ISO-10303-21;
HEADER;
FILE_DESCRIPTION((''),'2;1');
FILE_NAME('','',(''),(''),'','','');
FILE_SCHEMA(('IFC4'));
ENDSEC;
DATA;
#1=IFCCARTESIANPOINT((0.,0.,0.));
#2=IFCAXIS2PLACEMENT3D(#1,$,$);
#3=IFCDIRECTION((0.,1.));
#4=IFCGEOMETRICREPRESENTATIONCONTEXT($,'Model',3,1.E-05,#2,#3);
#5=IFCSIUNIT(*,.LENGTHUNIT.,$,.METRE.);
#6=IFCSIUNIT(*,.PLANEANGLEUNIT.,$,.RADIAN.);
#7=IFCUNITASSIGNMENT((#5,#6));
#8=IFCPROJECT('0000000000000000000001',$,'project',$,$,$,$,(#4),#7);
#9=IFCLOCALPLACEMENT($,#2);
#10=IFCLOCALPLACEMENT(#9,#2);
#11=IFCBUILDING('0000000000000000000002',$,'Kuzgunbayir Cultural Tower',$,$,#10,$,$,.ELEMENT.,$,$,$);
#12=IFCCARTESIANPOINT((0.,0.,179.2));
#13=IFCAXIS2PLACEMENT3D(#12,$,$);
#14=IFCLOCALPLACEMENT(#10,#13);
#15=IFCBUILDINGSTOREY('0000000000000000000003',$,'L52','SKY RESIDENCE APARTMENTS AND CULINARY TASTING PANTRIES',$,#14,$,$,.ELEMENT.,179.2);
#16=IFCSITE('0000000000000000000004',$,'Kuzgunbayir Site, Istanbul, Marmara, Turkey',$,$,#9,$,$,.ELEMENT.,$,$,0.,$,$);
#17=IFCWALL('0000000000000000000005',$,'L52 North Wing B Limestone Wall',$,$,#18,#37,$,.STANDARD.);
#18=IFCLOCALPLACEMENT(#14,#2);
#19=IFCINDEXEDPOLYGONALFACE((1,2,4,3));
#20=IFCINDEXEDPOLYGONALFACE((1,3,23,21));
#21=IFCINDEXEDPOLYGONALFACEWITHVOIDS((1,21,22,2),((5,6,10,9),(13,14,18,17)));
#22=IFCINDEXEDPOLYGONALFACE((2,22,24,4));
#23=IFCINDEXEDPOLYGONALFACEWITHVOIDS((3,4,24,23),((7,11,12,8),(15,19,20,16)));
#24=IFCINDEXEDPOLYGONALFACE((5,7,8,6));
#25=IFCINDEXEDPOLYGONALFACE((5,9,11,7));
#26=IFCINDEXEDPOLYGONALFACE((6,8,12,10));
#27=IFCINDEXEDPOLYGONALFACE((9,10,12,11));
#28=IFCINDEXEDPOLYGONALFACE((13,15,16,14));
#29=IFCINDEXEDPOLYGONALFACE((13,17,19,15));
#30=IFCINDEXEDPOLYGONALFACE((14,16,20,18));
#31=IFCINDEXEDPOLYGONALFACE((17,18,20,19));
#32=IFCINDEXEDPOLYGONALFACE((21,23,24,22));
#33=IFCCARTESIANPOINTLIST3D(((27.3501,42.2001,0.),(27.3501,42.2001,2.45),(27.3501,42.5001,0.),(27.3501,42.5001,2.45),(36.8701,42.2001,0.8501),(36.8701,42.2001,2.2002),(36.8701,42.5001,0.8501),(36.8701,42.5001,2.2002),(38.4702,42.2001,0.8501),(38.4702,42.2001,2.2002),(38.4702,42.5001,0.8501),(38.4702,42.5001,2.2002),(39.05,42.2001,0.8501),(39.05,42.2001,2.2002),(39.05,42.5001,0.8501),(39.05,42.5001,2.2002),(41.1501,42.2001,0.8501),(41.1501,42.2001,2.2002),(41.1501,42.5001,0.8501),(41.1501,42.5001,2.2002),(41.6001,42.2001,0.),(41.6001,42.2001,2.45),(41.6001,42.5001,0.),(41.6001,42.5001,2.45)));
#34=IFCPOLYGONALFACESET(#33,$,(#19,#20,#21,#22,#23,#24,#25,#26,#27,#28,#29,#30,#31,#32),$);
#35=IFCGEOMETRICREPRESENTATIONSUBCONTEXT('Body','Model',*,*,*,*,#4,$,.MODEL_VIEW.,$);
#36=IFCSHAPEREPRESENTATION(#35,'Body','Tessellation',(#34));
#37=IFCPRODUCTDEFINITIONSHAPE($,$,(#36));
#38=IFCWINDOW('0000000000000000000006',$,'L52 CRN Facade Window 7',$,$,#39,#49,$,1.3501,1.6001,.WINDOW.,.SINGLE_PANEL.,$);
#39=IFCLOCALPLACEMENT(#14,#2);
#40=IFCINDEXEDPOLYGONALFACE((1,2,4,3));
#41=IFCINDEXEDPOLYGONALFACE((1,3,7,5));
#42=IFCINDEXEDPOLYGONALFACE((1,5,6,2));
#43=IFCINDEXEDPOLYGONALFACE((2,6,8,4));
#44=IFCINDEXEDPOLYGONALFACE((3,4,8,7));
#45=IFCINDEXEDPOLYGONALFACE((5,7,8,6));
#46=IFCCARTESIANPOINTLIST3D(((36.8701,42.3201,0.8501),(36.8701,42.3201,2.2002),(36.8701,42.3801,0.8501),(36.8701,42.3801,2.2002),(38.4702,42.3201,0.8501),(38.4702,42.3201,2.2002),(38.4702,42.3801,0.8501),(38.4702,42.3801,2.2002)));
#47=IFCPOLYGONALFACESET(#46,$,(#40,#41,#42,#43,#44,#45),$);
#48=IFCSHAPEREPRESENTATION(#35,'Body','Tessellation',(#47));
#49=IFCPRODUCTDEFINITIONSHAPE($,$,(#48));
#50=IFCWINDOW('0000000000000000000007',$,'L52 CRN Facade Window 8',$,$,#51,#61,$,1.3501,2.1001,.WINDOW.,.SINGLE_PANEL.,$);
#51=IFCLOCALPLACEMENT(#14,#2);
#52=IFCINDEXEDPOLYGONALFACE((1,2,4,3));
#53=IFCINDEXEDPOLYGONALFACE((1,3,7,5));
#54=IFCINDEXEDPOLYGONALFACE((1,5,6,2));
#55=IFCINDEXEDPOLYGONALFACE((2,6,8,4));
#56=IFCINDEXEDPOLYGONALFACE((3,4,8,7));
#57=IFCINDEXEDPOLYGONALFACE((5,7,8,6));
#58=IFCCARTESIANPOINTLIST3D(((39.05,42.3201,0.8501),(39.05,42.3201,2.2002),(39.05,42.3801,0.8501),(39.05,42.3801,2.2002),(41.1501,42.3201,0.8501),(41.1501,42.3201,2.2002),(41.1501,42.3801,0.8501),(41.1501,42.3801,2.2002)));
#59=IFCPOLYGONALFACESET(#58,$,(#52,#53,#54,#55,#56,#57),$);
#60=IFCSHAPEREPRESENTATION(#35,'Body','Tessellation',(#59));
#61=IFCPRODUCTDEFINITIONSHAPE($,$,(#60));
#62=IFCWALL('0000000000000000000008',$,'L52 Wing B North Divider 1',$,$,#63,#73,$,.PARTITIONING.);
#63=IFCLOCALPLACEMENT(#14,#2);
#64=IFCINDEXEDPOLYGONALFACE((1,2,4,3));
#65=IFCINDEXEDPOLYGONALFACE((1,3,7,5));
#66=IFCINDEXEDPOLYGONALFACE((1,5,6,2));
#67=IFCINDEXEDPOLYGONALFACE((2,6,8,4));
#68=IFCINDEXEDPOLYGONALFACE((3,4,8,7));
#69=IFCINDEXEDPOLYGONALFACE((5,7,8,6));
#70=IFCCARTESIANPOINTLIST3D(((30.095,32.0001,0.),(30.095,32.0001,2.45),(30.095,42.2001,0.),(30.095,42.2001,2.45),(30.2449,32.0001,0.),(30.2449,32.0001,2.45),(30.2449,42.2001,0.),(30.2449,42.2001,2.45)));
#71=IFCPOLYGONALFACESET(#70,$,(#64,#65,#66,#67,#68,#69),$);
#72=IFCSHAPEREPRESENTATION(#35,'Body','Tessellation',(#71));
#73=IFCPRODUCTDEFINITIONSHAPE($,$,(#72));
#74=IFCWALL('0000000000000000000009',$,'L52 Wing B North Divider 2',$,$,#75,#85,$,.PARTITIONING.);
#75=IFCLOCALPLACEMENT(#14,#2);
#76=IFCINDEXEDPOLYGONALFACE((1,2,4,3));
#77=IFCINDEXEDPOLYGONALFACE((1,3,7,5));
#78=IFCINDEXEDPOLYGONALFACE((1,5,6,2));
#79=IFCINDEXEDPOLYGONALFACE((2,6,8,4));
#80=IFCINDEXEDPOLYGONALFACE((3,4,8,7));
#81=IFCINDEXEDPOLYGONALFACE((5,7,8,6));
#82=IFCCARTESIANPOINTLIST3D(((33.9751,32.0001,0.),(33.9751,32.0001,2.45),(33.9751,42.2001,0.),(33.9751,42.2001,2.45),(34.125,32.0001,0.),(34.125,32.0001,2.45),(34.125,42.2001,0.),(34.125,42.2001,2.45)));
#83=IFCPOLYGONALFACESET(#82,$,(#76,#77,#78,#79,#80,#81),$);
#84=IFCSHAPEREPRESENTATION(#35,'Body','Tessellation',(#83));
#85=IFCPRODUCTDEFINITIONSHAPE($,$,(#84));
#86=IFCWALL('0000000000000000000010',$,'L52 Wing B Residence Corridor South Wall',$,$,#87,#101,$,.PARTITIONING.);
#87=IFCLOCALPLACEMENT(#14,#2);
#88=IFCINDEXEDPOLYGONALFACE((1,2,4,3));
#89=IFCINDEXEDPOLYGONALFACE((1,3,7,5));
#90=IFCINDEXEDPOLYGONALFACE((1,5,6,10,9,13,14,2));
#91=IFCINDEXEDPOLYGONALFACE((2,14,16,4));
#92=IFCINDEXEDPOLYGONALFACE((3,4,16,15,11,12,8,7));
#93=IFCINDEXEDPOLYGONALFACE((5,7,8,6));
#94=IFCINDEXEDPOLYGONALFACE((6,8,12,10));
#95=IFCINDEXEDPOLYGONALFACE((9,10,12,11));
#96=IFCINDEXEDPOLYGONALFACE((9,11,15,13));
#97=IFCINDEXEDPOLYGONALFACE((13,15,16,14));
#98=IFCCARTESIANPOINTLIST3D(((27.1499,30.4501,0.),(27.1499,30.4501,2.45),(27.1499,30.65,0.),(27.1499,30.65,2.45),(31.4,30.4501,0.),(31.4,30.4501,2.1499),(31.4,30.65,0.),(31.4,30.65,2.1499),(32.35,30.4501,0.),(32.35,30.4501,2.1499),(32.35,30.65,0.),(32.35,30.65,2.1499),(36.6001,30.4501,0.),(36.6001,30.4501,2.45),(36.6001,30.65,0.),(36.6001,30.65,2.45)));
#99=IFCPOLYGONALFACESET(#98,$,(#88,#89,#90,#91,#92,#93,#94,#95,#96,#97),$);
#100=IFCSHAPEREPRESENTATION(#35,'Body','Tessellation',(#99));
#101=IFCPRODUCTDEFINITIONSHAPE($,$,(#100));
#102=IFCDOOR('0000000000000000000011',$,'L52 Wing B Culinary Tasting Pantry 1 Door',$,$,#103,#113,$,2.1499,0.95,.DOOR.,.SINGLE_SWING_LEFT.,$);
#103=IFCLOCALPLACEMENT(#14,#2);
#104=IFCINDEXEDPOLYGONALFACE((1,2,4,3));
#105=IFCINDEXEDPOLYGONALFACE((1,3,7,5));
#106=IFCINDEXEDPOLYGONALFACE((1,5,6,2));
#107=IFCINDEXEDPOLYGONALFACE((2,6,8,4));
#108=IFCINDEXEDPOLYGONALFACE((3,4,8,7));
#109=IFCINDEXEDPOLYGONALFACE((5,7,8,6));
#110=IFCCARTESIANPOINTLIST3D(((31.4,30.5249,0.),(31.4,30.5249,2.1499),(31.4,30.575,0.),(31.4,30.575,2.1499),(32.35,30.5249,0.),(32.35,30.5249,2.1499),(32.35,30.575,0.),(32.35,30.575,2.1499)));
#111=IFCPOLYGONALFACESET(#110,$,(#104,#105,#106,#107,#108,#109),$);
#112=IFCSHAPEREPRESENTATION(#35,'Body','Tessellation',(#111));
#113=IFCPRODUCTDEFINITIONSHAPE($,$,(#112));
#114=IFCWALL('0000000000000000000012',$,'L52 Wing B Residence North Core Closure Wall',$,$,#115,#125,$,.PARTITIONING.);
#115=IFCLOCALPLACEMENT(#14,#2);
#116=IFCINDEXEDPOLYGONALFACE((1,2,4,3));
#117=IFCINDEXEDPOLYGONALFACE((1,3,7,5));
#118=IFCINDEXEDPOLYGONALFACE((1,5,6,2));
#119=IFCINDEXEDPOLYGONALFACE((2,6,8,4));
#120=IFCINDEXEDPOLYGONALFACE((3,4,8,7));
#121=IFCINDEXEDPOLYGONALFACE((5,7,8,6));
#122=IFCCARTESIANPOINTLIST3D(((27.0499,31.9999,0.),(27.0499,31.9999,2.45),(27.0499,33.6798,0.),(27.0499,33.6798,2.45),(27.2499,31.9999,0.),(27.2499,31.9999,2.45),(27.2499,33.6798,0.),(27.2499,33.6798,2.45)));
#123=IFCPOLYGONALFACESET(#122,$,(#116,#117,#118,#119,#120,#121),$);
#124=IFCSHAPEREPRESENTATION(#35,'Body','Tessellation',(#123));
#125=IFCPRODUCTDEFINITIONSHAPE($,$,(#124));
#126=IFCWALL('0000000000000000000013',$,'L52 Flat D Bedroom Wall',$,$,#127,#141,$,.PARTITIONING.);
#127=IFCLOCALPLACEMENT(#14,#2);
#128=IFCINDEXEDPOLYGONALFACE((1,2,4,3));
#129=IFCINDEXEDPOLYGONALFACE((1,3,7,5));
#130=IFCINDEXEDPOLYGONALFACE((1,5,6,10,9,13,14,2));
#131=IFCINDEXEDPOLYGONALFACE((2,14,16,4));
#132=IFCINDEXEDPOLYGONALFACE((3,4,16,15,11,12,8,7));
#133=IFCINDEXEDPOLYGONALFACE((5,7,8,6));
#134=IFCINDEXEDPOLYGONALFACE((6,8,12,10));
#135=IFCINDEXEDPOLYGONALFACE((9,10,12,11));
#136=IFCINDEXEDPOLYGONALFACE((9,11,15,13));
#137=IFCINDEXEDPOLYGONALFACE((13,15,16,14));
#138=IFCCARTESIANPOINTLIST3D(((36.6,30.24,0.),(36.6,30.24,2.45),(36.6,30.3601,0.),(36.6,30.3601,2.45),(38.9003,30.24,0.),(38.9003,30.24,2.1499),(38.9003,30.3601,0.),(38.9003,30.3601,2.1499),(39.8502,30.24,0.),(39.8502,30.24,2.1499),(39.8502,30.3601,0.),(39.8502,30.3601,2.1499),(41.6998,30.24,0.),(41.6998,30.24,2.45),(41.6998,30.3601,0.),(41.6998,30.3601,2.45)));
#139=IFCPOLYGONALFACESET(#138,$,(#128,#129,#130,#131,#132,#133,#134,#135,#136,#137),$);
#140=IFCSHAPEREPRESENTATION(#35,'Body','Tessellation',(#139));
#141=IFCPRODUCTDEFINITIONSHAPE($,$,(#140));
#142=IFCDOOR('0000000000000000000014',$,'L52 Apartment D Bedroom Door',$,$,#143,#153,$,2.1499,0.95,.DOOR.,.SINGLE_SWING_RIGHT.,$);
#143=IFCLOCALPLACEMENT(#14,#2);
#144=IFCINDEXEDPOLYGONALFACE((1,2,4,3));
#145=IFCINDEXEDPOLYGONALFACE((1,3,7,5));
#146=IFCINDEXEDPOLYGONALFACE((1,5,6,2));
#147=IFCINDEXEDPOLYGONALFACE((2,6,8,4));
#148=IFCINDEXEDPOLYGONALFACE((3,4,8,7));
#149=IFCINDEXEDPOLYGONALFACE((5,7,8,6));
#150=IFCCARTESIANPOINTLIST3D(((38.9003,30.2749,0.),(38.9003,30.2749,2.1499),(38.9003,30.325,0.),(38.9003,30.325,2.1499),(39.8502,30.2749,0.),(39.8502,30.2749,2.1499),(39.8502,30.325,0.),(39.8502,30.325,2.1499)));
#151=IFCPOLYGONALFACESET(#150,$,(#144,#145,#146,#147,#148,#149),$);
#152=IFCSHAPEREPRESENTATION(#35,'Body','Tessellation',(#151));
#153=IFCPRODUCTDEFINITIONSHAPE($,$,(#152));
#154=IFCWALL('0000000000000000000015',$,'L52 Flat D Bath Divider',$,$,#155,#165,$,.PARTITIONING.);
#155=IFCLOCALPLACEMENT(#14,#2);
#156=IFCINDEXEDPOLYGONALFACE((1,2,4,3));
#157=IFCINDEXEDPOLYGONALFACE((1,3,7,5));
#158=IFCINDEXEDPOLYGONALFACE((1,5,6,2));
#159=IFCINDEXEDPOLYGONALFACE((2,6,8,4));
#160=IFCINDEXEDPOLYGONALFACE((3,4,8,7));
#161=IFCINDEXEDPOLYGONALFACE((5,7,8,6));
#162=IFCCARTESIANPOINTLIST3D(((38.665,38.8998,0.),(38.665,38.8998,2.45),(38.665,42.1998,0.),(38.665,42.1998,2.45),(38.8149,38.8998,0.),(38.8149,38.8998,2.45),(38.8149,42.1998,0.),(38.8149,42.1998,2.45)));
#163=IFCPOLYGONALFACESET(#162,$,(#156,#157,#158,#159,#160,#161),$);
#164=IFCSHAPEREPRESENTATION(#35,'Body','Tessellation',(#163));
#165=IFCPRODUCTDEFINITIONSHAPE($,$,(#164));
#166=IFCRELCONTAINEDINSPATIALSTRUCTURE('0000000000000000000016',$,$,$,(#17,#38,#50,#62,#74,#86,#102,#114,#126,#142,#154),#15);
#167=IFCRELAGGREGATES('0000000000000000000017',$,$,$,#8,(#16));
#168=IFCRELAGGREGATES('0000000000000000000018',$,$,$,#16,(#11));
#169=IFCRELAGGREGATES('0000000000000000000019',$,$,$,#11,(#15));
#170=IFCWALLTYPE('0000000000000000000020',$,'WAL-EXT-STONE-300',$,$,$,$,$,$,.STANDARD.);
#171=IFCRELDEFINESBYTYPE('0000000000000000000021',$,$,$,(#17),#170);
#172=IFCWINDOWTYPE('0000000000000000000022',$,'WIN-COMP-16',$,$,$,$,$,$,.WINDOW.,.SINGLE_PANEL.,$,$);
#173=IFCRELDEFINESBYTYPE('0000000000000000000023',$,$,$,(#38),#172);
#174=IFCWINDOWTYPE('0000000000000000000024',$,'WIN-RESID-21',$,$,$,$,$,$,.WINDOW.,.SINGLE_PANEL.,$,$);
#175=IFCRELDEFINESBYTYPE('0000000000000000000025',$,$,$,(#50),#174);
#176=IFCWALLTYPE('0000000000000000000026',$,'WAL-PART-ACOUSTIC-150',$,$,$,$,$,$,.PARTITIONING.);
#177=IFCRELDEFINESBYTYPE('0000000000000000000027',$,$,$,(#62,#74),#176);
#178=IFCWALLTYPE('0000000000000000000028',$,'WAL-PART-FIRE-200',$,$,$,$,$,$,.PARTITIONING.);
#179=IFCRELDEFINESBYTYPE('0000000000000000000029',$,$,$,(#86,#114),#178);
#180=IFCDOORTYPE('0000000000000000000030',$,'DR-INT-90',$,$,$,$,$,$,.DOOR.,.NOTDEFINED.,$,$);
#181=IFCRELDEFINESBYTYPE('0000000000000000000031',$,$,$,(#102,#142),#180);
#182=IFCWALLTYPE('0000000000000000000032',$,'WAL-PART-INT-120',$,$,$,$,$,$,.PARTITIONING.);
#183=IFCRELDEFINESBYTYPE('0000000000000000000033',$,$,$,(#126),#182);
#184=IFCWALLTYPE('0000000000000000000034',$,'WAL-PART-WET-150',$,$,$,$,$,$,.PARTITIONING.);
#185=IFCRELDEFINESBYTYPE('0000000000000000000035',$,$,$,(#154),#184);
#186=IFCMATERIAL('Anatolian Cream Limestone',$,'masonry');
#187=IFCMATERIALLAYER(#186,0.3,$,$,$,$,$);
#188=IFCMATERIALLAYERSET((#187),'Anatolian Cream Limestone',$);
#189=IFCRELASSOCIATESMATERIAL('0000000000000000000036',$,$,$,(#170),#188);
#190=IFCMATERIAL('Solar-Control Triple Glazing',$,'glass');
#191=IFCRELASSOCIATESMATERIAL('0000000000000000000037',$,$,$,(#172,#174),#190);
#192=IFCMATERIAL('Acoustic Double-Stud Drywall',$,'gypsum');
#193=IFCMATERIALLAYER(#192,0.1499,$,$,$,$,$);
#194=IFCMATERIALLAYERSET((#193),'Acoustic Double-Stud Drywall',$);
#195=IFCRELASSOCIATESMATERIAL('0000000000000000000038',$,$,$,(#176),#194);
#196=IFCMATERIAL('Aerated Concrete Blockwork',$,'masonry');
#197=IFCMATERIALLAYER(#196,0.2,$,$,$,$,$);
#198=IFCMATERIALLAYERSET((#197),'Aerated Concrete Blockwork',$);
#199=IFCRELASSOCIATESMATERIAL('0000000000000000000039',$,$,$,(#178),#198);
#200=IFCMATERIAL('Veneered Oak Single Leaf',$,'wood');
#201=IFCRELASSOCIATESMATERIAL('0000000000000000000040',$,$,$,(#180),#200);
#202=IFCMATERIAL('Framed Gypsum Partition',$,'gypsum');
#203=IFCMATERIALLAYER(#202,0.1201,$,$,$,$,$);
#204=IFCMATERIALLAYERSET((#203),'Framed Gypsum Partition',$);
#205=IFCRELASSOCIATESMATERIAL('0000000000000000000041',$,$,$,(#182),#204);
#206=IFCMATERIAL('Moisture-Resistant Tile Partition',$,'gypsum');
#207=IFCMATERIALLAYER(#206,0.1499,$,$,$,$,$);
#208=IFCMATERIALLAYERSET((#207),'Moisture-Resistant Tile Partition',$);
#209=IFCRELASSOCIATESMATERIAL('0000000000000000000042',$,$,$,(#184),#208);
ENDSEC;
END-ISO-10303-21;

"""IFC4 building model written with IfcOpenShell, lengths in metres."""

from ifc_helpers import new_model, si_unit, direction, frame, frame_2d, origin, place, context, subcontext, project, spatial, rectangle, extrude, material, layer, layer_set, type_object, element, fill, save


model = new_model("IFC4")

# Units and contexts
model_context = context("Model", 3, precision=1e-05, world=origin(), true_north=direction((0.0, 1.0)))
body_context = subcontext(model_context, "Body", "Model", "MODEL_VIEW")
ifc_project = project(units=[si_unit("LENGTHUNIT", "METRE"), si_unit("PLANEANGLEUNIT", "RADIAN")], contexts=[model_context])

# Site, building, storey
site_placement = place(None, origin())
site = spatial("IfcSite", under=ifc_project, at=site_placement, Name="Kuzgunbayir Site, Istanbul, Marmara, Turkey", CompositionType="ELEMENT", RefElevation=0.0)
building_placement = place(site_placement, origin())
building = spatial("IfcBuilding", under=site, at=building_placement, Name="Kuzgunbayir Cultural Tower", CompositionType="ELEMENT")
storey_placement = place(building_placement, frame((0.0, 0.0, 179.2)))
storey = spatial("IfcBuildingStorey", under=building, at=storey_placement, Name="L52", Description="SKY RESIDENCE APARTMENTS AND CULINARY TASTING PANTRIES", CompositionType="ELEMENT", Elevation=179.2)

# Wall, openings, windows
ifc_material_1 = material(Name="Anatolian Cream Limestone", Category="masonry")
ifc_layer_1 = layer(ifc_material_1, 0.3)
ifc_layer_set_1 = layer_set([ifc_layer_1], Name="Anatolian Cream Limestone")
wall_type_1 = type_object("IfcWallType", Name="WAL-EXT-STONE-300", PredefinedType="STANDARD", material=ifc_layer_set_1)
wall_1_placement = place(storey_placement, frame((41.6001, 42.3501, 0.0), z_axis=(0.0, 0.0, 1.0), x_axis=(-1.0, 0.0, 0.0)))
wall_1 = element("IfcWall", 1, at=wall_1_placement, inside=storey, type_object=wall_type_1, Name="L52 North Wing B Limestone Wall", PredefinedType="STANDARD", context=body_context, shape_type="SweptSolid", body=[
    extrude(rectangle(XDim=14.25, YDim=0.3, at=frame_2d((7.125, 0.0))), origin(), (0.0, 0.0, 1.0), 2.45),
])
opening_1_placement = place(wall_1_placement, frame((3.1299, 0.0, 0.8501)))
opening_1 = element("IfcOpeningElement", 2, at=opening_1_placement, cuts=wall_1, PredefinedType="OPENING", context=body_context, shape_type="SweptSolid", body=[
    extrude(rectangle(XDim=1.6001, YDim=1.3501, at=frame_2d((0.8, 0.675))), frame((0.0, 0.1602, 0.0), z_axis=(0.0, -1.0, 0.0), x_axis=(1.0, 0.0, 0.0)), (0.0, 0.0, 1.0), 0.3201),
])
opening_2_placement = place(wall_1_placement, frame((0.45, 0.0, 0.8501)))
opening_2 = element("IfcOpeningElement", 3, at=opening_2_placement, cuts=wall_1, PredefinedType="OPENING", context=body_context, shape_type="SweptSolid", body=[
    extrude(rectangle(XDim=2.1001, YDim=1.3501, at=frame_2d((1.05, 0.675))), frame((0.0, 0.1602, 0.0), z_axis=(0.0, -1.0, 0.0), x_axis=(1.0, 0.0, 0.0)), (0.0, 0.0, 1.0), 0.3201),
])
ifc_material_2 = material(Name="Solar-Control Triple Glazing", Category="glass")
window_type_1 = type_object("IfcWindowType", Name="WIN-COMP-16", PartitioningType="SINGLE_PANEL", PredefinedType="WINDOW", material=ifc_material_2)
window_1_placement = place(opening_1_placement, origin())
window_1 = element("IfcWindow", 4, at=window_1_placement, inside=storey, type_object=window_type_1, Name="L52 CRN Facade Window 7", OverallHeight=1.3501, OverallWidth=1.6001, PartitioningType="SINGLE_PANEL", PredefinedType="WINDOW", context=body_context, shape_type="SweptSolid", body=[
    extrude(rectangle(XDim=1.6001, YDim=1.3501, at=frame_2d((0.8, 0.675))), frame((0.0, 0.03, 0.0), z_axis=(0.0, -1.0, 0.0), x_axis=(1.0, 0.0, 0.0)), (0.0, 0.0, 1.0), 0.0601),
])
fill(opening_1, window_1)
window_type_2 = type_object("IfcWindowType", Name="WIN-RESID-21", PartitioningType="SINGLE_PANEL", PredefinedType="WINDOW", material=ifc_material_2)
window_2_placement = place(opening_2_placement, origin())
window_2 = element("IfcWindow", 5, at=window_2_placement, inside=storey, type_object=window_type_2, Name="L52 CRN Facade Window 8", OverallHeight=1.3501, OverallWidth=2.1001, PartitioningType="SINGLE_PANEL", PredefinedType="WINDOW", context=body_context, shape_type="SweptSolid", body=[
    extrude(rectangle(XDim=2.1001, YDim=1.3501, at=frame_2d((1.05, 0.675))), frame((0.0, 0.03, 0.0), z_axis=(0.0, -1.0, 0.0), x_axis=(1.0, 0.0, 0.0)), (0.0, 0.0, 1.0), 0.0601),
])
fill(opening_2, window_2)

# Walls
ifc_material_3 = material(Name="Acoustic Double-Stud Drywall", Category="gypsum")
ifc_layer_2 = layer(ifc_material_3, 0.1499)
ifc_layer_set_2 = layer_set([ifc_layer_2], Name="Acoustic Double-Stud Drywall")
wall_type_2 = type_object("IfcWallType", Name="WAL-PART-ACOUSTIC-150", PredefinedType="PARTITIONING", material=ifc_layer_set_2)
for number, where, z_axis, x_axis, name in (
    (6, (30.1699, 32.0, 0.0), (0.0, 0.0, 1.0), (0.0, 1.0, 0.0), "L52 Wing B North Divider 1"),
    (7, (34.05, 32.0, 0.0), (0.0, 0.0, 1.0), (0.0, 1.0, 0.0), "L52 Wing B North Divider 2"),
):
    element("IfcWall", number, at=place(storey_placement, frame(where, z_axis=z_axis, x_axis=x_axis)), inside=storey, type_object=wall_type_2, Name=name, PredefinedType="PARTITIONING", context=body_context, shape_type="SweptSolid", body=[
        extrude(rectangle(XDim=10.2, YDim=0.1499, at=frame_2d((5.1001, 0.0))), origin(), (0.0, 0.0, 1.0), 2.45),
    ])

# Wall, opening, door
ifc_material_4 = material(Name="Aerated Concrete Blockwork", Category="masonry")
ifc_layer_3 = layer(ifc_material_4, 0.2)
ifc_layer_set_3 = layer_set([ifc_layer_3], Name="Aerated Concrete Blockwork")
wall_type_3 = type_object("IfcWallType", Name="WAL-PART-FIRE-200", PredefinedType="PARTITIONING", material=ifc_layer_set_3)
wall_2_placement = place(storey_placement, frame((27.1499, 30.55, 0.0), z_axis=(0.0, 0.0, 1.0), x_axis=(1.0, 0.0, 0.0)))
wall_2 = element("IfcWall", 8, at=wall_2_placement, inside=storey, type_object=wall_type_3, Name="L52 Wing B Residence Corridor South Wall", PredefinedType="PARTITIONING", context=body_context, shape_type="SweptSolid", body=[
    extrude(rectangle(XDim=9.4502, YDim=0.2, at=frame_2d((4.7251, 0.0))), origin(), (0.0, 0.0, 1.0), 2.45),
])
opening_3_placement = place(wall_2_placement, frame((4.25, 0.0, 0.0)))
opening_3 = element("IfcOpeningElement", 9, at=opening_3_placement, cuts=wall_2, PredefinedType="OPENING", context=body_context, shape_type="SweptSolid", body=[
    extrude(rectangle(XDim=0.95, YDim=2.1499, at=frame_2d((0.4751, 1.075))), frame((0.0, 0.1099, 0.0), z_axis=(0.0, -1.0, 0.0), x_axis=(1.0, 0.0, 0.0)), (0.0, 0.0, 1.0), 0.22),
])
ifc_material_5 = material(Name="Veneered Oak Single Leaf", Category="wood")
door_type_1 = type_object("IfcDoorType", Name="DR-INT-90", OperationType="NOTDEFINED", PredefinedType="DOOR", material=ifc_material_5)
door_1_placement = place(opening_3_placement, origin())
door_1 = element("IfcDoor", 10, at=door_1_placement, inside=storey, type_object=door_type_1, Name="L52 Wing B Culinary Tasting Pantry 1 Door", OperationType="SINGLE_SWING_LEFT", OverallHeight=2.1499, OverallWidth=0.95, PredefinedType="DOOR", context=body_context, shape_type="SweptSolid", body=[
    extrude(rectangle(XDim=0.95, YDim=2.1499, at=frame_2d((0.4751, 1.075))), frame((0.0, 0.0249, 0.0), z_axis=(0.0, -1.0, 0.0), x_axis=(1.0, 0.0, 0.0)), (0.0, 0.0, 1.0), 0.05),
])
fill(opening_3, door_1)

# Wall
wall_3_placement = place(storey_placement, frame((27.1499, 32.0, 0.0), z_axis=(0.0, 0.0, 1.0), x_axis=(0.0, 1.0, 0.0)))
element("IfcWall", 11, at=wall_3_placement, inside=storey, type_object=wall_type_3, Name="L52 Wing B Residence North Core Closure Wall", PredefinedType="PARTITIONING", context=body_context, shape_type="SweptSolid", body=[
    extrude(rectangle(XDim=1.6799, YDim=0.2, at=frame_2d((0.8398, 0.0))), origin(), (0.0, 0.0, 1.0), 2.45),
])

# Wall, opening, door
ifc_material_6 = material(Name="Framed Gypsum Partition", Category="gypsum")
ifc_layer_4 = layer(ifc_material_6, 0.1201)
ifc_layer_set_4 = layer_set([ifc_layer_4], Name="Framed Gypsum Partition")
wall_type_4 = type_object("IfcWallType", Name="WAL-PART-INT-120", PredefinedType="PARTITIONING", material=ifc_layer_set_4)
wall_4_placement = place(storey_placement, frame((36.6001, 30.3, 0.0), z_axis=(0.0, 0.0, 1.0), x_axis=(1.0, 0.0, 0.0)))
wall_4 = element("IfcWall", 12, at=wall_4_placement, inside=storey, type_object=wall_type_4, Name="L52 Flat D Bedroom Wall", PredefinedType="PARTITIONING", context=body_context, shape_type="SweptSolid", body=[
    extrude(rectangle(XDim=5.0999, YDim=0.1201, at=frame_2d((2.5498, 0.0))), origin(), (0.0, 0.0, 1.0), 2.45),
])
opening_4_placement = place(wall_4_placement, frame((2.3, 0.0, 0.0)))
opening_4 = element("IfcOpeningElement", 13, at=opening_4_placement, cuts=wall_4, PredefinedType="OPENING", context=body_context, shape_type="SweptSolid", body=[
    extrude(rectangle(XDim=0.95, YDim=2.1499, at=frame_2d((0.4751, 1.075))), frame((0.0, 0.0701, 0.0), z_axis=(0.0, -1.0, 0.0), x_axis=(1.0, 0.0, 0.0)), (0.0, 0.0, 1.0), 0.1401),
])
door_2_placement = place(opening_4_placement, origin())
door_2 = element("IfcDoor", 14, at=door_2_placement, inside=storey, type_object=door_type_1, Name="L52 Apartment D Bedroom Door", OperationType="SINGLE_SWING_RIGHT", OverallHeight=2.1499, OverallWidth=0.95, PredefinedType="DOOR", context=body_context, shape_type="SweptSolid", body=[
    extrude(rectangle(XDim=0.95, YDim=2.1499, at=frame_2d((0.4751, 1.075))), frame((0.0, 0.0249, 0.0), z_axis=(0.0, -1.0, 0.0), x_axis=(1.0, 0.0, 0.0)), (0.0, 0.0, 1.0), 0.05),
])
fill(opening_4, door_2)

# Shared definitions
ifc_material_7 = material(Name="Moisture-Resistant Tile Partition", Category="gypsum")
ifc_layer_5 = layer(ifc_material_7, 0.1499)
ifc_layer_set_5 = layer_set([ifc_layer_5], Name="Moisture-Resistant Tile Partition")
wall_type_5 = type_object("IfcWallType", Name="WAL-PART-WET-150", PredefinedType="PARTITIONING", material=ifc_layer_set_5)

# Wall
wall_5_placement = place(storey_placement, frame((38.74, 38.8999, 0.0), z_axis=(0.0, 0.0, 1.0), x_axis=(0.0, 1.0, 0.0)))
element("IfcWall", 15, at=wall_5_placement, inside=storey, type_object=wall_type_5, Name="L52 Flat D Bath Divider", PredefinedType="PARTITIONING", context=body_context, shape_type="SweptSolid", body=[
    extrude(rectangle(XDim=3.3, YDim=0.1499, at=frame_2d((1.6499, 0.0))), origin(), (0.0, 0.0, 1.0), 2.45),
])

save(model, "model.ifc")
